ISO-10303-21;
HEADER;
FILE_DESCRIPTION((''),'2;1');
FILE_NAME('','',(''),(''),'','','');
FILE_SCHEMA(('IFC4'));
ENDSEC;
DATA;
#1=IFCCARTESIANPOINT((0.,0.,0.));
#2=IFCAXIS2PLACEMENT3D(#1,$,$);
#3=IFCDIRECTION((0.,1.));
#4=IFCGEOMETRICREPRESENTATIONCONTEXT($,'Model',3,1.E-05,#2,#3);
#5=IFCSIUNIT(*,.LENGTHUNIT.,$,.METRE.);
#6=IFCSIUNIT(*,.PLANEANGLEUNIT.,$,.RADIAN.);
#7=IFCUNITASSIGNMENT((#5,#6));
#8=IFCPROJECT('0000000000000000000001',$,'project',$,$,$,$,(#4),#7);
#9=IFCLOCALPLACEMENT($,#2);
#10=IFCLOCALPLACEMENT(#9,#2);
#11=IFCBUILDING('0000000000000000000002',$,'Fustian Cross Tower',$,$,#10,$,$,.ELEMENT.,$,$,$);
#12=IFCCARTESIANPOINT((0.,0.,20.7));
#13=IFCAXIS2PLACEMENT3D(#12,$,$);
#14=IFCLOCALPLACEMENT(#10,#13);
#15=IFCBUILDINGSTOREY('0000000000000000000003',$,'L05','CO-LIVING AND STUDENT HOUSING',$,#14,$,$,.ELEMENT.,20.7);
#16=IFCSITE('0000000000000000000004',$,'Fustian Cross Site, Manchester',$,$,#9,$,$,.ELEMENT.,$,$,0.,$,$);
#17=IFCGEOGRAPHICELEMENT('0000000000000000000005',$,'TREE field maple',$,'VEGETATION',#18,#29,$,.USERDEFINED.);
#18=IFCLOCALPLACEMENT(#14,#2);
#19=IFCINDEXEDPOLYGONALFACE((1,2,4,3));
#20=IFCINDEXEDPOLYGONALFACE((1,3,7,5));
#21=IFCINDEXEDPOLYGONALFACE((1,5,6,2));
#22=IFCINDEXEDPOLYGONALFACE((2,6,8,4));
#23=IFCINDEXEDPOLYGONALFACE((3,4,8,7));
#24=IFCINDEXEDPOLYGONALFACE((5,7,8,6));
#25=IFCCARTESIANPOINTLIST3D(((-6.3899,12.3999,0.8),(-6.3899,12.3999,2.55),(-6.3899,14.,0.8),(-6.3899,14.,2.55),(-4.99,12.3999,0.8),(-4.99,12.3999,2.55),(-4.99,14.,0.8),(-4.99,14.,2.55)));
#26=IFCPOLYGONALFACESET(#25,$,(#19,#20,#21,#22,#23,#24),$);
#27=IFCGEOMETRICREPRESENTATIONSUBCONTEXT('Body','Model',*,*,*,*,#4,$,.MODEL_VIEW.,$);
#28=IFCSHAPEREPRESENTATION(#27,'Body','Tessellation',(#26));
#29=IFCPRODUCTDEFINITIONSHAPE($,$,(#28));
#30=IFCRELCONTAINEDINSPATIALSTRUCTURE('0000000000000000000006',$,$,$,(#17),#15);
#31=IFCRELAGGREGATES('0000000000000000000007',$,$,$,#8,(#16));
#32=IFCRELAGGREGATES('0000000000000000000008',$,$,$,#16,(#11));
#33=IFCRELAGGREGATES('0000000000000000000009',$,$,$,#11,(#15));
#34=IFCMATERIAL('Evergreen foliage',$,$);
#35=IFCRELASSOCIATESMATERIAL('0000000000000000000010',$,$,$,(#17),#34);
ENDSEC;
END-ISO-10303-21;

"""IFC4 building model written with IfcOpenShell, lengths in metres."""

from ifc_helpers import new_model, si_unit, direction, frame, origin, origin_2d, place, context, subcontext, project, spatial, rectangle, extrude, material, element, save


model = new_model("IFC4")

# Units and contexts
model_context = context("Model", 3, precision=1e-05, world=origin(), true_north=direction((0.0, 1.0)))
body_context = subcontext(model_context, "Body", "Model", "MODEL_VIEW")
ifc_project = project(units=[si_unit("LENGTHUNIT", "METRE"), si_unit("PLANEANGLEUNIT", "RADIAN")], contexts=[model_context])

# Site, building, storey
site_placement = place(None, origin())
site = spatial("IfcSite", under=ifc_project, at=site_placement, Name="Fustian Cross Site, Manchester", CompositionType="ELEMENT", RefElevation=0.0)
building_placement = place(site_placement, origin())
building = spatial("IfcBuilding", under=site, at=building_placement, Name="Fustian Cross Tower", CompositionType="ELEMENT")
storey_placement = place(building_placement, frame((0.0, 0.0, 20.7)))
storey = spatial("IfcBuildingStorey", under=building, at=storey_placement, Name="L05", Description="CO-LIVING AND STUDENT HOUSING", CompositionType="ELEMENT", Elevation=20.7)

# Geographic element
ifc_material_1 = material(Name="Evergreen foliage")
for number, where, z_axis, x_axis, name in (
    (1, (-5.6899, 13.2, 0.8), (0.0, 0.0, 1.0), (1.0, 0.0, 0.0), "TREE field maple"),
):
    element("IfcGeographicElement", number, at=place(storey_placement, frame(where, z_axis=z_axis, x_axis=x_axis)), inside=storey, material=ifc_material_1, Name=name, ObjectType="VEGETATION", PredefinedType="USERDEFINED", context=body_context, shape_type="SweptSolid", body=[
        extrude(rectangle(XDim=1.3999, YDim=1.6001, at=origin_2d()), origin(), (0.0, 0.0, 1.0), 1.75),
    ])

save(model, "model.ifc")
